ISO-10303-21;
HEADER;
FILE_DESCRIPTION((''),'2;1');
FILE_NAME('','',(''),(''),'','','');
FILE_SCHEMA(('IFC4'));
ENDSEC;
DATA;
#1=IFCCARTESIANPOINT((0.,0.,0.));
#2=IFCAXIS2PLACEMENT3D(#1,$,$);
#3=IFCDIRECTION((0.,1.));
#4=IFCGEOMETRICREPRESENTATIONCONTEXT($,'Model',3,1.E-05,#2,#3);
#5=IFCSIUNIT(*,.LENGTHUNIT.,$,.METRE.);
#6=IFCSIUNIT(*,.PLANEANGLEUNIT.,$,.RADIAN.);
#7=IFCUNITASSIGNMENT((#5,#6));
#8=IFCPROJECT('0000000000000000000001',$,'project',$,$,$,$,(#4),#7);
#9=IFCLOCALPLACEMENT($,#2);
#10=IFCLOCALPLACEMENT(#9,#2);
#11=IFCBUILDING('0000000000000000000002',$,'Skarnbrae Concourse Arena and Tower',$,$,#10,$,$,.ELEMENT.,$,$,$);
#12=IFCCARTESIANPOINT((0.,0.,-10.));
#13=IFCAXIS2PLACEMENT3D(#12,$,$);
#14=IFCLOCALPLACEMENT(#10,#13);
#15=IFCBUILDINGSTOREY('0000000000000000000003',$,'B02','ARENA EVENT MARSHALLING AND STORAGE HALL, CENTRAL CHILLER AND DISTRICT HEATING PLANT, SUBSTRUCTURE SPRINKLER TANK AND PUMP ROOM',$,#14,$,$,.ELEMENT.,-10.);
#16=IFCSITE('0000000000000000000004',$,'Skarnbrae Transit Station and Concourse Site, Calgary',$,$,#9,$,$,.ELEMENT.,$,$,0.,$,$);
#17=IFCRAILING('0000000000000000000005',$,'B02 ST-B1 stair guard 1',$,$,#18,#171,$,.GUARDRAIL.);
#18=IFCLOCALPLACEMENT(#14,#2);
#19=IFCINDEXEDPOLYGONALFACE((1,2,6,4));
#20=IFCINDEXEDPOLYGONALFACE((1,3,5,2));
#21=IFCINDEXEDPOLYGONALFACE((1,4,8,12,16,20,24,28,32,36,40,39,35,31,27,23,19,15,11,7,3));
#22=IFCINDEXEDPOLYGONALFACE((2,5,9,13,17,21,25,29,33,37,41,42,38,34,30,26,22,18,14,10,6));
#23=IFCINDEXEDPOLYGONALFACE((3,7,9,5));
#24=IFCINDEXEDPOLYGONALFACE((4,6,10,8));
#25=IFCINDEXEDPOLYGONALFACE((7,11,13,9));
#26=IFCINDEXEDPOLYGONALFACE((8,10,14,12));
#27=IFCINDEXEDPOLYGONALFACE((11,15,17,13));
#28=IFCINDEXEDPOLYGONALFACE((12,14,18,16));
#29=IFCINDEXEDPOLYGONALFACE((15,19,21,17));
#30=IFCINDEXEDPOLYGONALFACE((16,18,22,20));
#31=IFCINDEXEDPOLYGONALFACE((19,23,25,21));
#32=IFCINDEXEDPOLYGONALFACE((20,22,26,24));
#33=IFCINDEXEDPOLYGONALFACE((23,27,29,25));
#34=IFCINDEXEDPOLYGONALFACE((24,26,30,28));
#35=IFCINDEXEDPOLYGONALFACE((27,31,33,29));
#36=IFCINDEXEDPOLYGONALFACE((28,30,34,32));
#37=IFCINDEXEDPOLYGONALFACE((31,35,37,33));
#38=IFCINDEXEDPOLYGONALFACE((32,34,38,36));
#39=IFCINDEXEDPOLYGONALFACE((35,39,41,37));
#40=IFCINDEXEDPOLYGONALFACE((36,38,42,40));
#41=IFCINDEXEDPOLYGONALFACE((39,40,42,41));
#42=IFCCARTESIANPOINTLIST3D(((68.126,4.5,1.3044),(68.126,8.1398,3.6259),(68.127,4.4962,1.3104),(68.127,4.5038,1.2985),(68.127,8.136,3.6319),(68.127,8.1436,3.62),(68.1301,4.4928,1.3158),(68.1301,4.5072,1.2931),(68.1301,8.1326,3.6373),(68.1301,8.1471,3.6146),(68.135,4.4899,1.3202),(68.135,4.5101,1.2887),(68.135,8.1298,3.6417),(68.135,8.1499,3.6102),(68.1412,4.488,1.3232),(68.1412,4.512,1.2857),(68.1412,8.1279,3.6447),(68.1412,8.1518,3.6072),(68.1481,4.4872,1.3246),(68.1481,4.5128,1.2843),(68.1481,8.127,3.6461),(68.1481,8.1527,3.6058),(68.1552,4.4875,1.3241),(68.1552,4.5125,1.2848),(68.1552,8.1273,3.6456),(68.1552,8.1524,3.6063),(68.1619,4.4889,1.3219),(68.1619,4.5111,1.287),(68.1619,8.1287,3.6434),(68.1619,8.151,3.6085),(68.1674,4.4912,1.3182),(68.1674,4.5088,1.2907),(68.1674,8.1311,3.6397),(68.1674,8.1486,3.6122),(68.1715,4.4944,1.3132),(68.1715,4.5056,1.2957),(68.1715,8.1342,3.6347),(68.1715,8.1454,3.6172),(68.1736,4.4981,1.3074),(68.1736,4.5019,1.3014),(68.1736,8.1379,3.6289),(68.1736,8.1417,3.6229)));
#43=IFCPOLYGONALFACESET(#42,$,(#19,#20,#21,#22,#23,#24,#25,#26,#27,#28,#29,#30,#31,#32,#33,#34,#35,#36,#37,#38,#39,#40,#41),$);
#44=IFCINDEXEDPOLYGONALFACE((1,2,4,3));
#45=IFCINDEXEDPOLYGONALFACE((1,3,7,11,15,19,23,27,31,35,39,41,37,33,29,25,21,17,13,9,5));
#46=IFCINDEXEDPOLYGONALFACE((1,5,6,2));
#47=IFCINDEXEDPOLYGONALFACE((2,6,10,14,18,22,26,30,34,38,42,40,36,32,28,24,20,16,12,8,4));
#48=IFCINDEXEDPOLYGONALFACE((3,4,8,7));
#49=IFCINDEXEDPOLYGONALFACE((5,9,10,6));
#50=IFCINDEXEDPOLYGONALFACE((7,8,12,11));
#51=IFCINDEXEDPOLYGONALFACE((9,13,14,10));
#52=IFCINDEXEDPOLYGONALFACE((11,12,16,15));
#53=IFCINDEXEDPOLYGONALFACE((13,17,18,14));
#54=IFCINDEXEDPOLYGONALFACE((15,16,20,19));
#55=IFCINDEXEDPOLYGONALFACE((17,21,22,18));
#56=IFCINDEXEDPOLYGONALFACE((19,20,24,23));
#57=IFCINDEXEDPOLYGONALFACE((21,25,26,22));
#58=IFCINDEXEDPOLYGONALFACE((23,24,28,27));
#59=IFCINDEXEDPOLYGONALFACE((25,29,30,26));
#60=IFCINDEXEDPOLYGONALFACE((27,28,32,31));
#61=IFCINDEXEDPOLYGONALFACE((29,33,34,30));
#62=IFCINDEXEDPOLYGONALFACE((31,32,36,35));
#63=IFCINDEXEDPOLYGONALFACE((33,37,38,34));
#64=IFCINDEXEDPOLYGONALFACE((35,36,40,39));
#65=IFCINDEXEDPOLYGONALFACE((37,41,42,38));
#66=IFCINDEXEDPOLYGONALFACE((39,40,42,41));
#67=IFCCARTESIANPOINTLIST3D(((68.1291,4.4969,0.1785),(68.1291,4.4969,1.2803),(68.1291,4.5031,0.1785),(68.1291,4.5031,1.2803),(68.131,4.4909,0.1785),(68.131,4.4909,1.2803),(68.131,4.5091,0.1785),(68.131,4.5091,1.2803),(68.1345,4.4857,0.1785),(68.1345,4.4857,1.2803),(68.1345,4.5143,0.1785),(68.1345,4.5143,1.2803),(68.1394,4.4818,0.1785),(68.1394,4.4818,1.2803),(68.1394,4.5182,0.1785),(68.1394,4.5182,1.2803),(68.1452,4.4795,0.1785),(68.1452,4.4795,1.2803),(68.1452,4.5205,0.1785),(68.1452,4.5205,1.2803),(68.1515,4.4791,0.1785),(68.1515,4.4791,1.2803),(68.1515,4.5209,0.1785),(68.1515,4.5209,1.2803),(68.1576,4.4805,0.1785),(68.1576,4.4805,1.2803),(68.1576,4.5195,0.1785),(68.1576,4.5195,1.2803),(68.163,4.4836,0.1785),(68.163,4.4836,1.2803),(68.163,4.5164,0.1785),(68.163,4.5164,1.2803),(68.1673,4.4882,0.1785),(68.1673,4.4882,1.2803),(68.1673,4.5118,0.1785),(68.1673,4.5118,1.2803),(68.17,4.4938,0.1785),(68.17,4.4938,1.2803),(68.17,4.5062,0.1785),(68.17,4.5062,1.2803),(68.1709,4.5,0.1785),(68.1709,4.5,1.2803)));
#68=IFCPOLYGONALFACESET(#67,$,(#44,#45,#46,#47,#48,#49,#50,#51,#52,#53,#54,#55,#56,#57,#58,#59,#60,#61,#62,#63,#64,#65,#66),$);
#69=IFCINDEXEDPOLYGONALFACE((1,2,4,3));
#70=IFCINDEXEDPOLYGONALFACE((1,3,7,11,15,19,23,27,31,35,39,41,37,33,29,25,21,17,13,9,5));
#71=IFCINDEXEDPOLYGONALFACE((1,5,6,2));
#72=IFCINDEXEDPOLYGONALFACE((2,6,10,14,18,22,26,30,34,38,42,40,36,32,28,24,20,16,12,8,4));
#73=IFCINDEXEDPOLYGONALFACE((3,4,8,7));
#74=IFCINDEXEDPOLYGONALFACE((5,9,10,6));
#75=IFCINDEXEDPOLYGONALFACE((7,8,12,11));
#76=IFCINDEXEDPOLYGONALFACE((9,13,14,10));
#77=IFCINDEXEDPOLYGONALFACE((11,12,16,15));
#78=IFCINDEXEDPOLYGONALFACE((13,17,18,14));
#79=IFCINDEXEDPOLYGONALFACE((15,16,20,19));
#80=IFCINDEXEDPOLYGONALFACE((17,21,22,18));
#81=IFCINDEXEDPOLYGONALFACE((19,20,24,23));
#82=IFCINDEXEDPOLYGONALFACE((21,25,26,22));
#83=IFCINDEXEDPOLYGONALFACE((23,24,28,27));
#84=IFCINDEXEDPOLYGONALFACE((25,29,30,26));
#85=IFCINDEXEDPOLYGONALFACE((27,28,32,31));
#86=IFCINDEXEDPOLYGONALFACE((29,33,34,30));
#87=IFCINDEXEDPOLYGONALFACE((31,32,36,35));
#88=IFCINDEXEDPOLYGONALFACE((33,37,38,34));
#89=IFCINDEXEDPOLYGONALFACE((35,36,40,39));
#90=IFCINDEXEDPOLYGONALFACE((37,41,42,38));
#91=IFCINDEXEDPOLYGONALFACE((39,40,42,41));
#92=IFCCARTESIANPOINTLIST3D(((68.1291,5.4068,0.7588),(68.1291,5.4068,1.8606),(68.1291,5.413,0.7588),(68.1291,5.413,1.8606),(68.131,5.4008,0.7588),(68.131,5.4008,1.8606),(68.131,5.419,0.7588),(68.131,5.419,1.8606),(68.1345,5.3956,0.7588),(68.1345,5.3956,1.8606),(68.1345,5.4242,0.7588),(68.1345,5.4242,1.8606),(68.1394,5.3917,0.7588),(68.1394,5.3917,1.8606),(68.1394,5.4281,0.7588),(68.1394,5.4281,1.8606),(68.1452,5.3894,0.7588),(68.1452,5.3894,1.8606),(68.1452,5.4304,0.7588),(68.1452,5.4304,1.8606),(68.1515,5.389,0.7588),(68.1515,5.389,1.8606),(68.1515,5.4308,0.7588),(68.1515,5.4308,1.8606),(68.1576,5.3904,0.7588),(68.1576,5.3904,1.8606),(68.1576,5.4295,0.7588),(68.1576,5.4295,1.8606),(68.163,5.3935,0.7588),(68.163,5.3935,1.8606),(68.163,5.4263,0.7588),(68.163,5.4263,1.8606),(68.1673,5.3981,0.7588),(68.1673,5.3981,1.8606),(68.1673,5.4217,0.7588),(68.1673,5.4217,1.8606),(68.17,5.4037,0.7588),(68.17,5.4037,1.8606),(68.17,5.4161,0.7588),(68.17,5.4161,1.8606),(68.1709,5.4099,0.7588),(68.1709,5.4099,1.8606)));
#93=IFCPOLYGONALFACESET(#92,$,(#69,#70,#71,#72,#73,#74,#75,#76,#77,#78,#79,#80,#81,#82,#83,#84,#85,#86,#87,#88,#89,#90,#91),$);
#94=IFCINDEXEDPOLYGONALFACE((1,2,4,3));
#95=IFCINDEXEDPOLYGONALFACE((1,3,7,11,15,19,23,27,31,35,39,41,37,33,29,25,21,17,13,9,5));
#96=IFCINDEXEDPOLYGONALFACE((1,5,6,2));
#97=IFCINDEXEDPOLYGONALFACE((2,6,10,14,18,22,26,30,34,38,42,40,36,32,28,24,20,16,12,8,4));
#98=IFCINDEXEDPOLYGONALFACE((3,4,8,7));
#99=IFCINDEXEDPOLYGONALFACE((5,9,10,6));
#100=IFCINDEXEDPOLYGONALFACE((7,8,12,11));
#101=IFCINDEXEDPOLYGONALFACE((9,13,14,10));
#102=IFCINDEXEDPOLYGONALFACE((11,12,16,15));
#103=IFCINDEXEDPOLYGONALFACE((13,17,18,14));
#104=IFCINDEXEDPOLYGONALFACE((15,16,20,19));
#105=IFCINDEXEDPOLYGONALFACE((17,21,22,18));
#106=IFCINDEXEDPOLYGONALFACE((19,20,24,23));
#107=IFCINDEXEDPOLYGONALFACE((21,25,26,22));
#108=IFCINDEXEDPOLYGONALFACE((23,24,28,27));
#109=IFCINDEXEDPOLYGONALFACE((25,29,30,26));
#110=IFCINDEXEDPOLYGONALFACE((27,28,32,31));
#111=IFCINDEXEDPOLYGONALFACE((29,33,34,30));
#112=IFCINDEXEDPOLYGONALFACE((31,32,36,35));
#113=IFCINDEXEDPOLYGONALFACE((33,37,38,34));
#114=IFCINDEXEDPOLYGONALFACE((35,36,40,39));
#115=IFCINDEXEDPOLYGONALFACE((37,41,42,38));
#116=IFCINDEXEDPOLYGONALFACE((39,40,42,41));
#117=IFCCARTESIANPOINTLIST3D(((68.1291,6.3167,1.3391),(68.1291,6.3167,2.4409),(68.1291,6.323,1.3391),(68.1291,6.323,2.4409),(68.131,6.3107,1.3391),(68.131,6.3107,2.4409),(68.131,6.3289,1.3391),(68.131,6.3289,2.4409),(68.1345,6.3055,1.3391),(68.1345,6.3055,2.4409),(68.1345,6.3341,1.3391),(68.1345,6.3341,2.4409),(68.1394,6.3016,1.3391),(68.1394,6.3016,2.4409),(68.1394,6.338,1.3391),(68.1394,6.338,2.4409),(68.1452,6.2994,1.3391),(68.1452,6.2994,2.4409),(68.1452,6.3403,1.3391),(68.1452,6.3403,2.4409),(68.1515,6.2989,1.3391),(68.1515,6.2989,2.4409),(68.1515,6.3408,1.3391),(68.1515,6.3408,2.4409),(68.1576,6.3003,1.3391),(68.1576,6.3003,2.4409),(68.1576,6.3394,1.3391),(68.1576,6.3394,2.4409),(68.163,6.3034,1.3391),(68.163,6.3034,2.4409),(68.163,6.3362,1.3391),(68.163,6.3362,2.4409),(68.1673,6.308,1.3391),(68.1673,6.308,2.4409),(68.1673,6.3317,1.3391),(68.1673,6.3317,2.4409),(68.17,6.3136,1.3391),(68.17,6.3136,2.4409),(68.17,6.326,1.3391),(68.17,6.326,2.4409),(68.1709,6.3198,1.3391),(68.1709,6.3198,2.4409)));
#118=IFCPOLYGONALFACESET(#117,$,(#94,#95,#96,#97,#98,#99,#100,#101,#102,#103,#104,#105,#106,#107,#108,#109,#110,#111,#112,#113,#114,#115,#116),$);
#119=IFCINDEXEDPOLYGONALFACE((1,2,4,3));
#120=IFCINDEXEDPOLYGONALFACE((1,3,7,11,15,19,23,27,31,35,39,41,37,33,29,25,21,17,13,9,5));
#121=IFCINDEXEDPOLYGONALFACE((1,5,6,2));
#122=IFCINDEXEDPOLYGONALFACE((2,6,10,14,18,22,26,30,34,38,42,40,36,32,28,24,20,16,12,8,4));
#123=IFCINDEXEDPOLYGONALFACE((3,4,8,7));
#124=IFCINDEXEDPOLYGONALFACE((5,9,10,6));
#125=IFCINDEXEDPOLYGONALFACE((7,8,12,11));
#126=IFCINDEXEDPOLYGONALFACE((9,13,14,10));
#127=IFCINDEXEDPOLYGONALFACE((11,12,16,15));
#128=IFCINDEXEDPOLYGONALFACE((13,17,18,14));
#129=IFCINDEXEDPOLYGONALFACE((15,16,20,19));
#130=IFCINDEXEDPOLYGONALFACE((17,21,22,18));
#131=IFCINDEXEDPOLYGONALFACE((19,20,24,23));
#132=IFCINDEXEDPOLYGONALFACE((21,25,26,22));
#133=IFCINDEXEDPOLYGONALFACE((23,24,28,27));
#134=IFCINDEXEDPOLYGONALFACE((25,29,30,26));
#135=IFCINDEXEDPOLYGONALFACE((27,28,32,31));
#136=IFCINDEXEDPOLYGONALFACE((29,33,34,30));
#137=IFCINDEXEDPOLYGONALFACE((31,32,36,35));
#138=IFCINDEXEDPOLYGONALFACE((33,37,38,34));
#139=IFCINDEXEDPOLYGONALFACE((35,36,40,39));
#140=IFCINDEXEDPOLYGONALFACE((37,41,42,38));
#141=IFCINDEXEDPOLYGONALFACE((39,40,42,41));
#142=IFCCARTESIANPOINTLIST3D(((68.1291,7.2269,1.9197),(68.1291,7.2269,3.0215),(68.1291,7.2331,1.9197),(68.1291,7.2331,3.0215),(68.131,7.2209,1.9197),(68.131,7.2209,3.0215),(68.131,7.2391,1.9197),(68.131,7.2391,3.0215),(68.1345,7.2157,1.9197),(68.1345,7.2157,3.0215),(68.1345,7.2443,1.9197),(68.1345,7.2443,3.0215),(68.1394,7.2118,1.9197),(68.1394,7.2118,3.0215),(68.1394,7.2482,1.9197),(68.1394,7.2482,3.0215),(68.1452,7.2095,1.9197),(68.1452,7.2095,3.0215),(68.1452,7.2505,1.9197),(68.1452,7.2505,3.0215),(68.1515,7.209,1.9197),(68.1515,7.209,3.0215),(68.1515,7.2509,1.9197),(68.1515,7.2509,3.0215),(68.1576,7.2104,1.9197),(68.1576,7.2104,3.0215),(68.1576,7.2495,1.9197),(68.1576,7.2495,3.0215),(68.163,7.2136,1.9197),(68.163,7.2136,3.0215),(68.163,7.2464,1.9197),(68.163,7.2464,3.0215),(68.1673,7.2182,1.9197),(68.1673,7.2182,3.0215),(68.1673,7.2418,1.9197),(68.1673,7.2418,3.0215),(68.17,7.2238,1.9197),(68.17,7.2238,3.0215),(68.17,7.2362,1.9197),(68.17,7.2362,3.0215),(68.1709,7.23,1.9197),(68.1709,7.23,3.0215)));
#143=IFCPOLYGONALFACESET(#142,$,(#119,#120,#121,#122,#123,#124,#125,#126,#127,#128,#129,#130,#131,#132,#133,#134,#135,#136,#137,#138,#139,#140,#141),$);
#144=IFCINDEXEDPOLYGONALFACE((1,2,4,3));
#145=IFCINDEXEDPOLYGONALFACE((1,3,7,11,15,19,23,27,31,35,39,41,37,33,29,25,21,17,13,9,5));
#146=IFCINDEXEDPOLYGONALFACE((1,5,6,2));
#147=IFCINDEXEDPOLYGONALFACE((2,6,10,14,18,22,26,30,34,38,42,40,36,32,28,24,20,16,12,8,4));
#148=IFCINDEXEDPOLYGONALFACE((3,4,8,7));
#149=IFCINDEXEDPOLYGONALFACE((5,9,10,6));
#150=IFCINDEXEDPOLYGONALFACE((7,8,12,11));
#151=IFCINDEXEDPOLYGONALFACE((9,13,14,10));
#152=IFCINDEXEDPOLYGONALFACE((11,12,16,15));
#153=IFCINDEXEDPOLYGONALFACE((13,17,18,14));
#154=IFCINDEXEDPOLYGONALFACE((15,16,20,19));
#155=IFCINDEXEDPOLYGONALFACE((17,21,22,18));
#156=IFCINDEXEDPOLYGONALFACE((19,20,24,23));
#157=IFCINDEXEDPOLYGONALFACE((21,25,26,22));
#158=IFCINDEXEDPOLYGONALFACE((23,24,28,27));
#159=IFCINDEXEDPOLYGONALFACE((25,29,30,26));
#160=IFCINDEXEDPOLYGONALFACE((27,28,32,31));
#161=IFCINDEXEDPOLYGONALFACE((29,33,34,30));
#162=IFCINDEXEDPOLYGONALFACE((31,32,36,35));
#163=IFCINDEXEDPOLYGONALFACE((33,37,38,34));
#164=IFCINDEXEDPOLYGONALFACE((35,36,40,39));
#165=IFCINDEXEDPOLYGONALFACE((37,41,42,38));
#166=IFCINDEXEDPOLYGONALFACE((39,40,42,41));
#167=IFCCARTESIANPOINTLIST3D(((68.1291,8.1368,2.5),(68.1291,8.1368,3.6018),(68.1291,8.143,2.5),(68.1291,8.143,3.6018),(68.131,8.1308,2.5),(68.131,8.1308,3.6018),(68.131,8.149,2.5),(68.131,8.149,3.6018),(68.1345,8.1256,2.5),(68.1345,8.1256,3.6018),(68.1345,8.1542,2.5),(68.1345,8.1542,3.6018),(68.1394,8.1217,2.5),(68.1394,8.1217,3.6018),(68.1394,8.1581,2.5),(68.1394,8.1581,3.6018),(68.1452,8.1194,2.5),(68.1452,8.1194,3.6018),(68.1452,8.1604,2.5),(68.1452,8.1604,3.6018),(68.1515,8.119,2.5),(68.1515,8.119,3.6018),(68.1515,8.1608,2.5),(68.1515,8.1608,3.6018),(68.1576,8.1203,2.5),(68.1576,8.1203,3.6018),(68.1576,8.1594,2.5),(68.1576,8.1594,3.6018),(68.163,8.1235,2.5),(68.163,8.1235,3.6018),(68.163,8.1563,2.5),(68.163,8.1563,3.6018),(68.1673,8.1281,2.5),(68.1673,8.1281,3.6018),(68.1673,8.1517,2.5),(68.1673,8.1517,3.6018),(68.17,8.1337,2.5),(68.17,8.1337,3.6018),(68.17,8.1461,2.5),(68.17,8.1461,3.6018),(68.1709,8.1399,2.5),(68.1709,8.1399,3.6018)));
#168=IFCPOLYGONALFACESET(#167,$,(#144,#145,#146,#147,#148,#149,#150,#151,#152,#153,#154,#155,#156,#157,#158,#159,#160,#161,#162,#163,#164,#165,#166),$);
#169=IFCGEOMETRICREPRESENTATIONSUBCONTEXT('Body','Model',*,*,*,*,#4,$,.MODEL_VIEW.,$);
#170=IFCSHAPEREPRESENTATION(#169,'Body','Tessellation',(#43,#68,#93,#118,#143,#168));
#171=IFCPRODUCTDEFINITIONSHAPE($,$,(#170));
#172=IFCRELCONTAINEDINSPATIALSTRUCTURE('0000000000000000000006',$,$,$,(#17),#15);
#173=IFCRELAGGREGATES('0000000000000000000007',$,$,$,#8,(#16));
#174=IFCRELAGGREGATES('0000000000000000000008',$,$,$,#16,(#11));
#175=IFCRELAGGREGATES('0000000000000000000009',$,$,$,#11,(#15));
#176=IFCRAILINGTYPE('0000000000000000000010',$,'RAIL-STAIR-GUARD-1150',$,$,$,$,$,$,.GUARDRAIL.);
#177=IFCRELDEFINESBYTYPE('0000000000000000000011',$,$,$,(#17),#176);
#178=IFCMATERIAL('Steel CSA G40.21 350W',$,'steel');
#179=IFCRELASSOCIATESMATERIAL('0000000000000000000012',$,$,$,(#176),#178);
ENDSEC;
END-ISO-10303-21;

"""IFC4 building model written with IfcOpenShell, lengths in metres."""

from ifc_helpers import new_model, si_unit, direction, frame, origin, origin_2d, place, context, subcontext, project, spatial, circle, extrude, material, type_object, element, save


model = new_model("IFC4")

# Units and contexts
model_context = context("Model", 3, precision=1e-05, world=origin(), true_north=direction((0.0, 1.0)))
body_context = subcontext(model_context, "Body", "Model", "MODEL_VIEW")
ifc_project = project(units=[si_unit("LENGTHUNIT", "METRE"), si_unit("PLANEANGLEUNIT", "RADIAN")], contexts=[model_context])

# Site, building, storey
site_placement = place(None, origin())
site = spatial("IfcSite", under=ifc_project, at=site_placement, Name="Skarnbrae Transit Station and Concourse Site, Calgary", CompositionType="ELEMENT", RefElevation=0.0)
building_placement = place(site_placement, origin())
building = spatial("IfcBuilding", under=site, at=building_placement, Name="Skarnbrae Concourse Arena and Tower", CompositionType="ELEMENT")
storey_placement = place(building_placement, frame((0.0, 0.0, -10.0)))
storey = spatial("IfcBuildingStorey", under=building, at=storey_placement, Name="B02", Description="ARENA EVENT MARSHALLING AND STORAGE HALL, CENTRAL CHILLER AND DISTRICT HEATING PLANT, SUBSTRUCTURE SPRINKLER TANK AND PUMP ROOM", CompositionType="ELEMENT", Elevation=-10.0)

# Shared definitions
ifc_material_1 = material(Name="Steel CSA G40.21 350W", Category="steel")

# Railing
railing_type_1 = type_object("IfcRailingType", Name="RAIL-STAIR-GUARD-1150", PredefinedType="GUARDRAIL", material=ifc_material_1)
railing_1_placement = place(storey_placement, frame((68.1499, 4.5, 0.1785)))
element("IfcRailing", 1, at=railing_1_placement, inside=storey, type_object=railing_type_1, Name="B02 ST-B1 stair guard 1", PredefinedType="GUARDRAIL", context=body_context, shape_type="SweptSolid", body=[
    extrude(circle(Radius=0.0239, at=origin_2d()), frame((0.0, 0.0, 1.126), z_axis=(0.0, 0.843112, 0.537739), x_axis=(-1.0, 0.0, 0.0)), (0.0, 0.0, 1.0), 4.3171),
    extrude(circle(Radius=0.021, at=origin_2d()), origin(), (0.0, 0.0, 1.0), 1.1018),
    extrude(circle(Radius=0.021, at=origin_2d()), frame((0.0, 0.9099, 0.5803)), (0.0, 0.0, 1.0), 1.1018),
    extrude(circle(Radius=0.021, at=origin_2d()), frame((0.0, 1.8198, 1.1606)), (0.0, 0.0, 1.0), 1.1018),
    extrude(circle(Radius=0.021, at=origin_2d()), frame((0.0, 2.73, 1.7412)), (0.0, 0.0, 1.0), 1.1018),
    extrude(circle(Radius=0.021, at=origin_2d()), frame((0.0, 3.6399, 2.3215)), (0.0, 0.0, 1.0), 1.1018),
])

save(model, "model.ifc")
